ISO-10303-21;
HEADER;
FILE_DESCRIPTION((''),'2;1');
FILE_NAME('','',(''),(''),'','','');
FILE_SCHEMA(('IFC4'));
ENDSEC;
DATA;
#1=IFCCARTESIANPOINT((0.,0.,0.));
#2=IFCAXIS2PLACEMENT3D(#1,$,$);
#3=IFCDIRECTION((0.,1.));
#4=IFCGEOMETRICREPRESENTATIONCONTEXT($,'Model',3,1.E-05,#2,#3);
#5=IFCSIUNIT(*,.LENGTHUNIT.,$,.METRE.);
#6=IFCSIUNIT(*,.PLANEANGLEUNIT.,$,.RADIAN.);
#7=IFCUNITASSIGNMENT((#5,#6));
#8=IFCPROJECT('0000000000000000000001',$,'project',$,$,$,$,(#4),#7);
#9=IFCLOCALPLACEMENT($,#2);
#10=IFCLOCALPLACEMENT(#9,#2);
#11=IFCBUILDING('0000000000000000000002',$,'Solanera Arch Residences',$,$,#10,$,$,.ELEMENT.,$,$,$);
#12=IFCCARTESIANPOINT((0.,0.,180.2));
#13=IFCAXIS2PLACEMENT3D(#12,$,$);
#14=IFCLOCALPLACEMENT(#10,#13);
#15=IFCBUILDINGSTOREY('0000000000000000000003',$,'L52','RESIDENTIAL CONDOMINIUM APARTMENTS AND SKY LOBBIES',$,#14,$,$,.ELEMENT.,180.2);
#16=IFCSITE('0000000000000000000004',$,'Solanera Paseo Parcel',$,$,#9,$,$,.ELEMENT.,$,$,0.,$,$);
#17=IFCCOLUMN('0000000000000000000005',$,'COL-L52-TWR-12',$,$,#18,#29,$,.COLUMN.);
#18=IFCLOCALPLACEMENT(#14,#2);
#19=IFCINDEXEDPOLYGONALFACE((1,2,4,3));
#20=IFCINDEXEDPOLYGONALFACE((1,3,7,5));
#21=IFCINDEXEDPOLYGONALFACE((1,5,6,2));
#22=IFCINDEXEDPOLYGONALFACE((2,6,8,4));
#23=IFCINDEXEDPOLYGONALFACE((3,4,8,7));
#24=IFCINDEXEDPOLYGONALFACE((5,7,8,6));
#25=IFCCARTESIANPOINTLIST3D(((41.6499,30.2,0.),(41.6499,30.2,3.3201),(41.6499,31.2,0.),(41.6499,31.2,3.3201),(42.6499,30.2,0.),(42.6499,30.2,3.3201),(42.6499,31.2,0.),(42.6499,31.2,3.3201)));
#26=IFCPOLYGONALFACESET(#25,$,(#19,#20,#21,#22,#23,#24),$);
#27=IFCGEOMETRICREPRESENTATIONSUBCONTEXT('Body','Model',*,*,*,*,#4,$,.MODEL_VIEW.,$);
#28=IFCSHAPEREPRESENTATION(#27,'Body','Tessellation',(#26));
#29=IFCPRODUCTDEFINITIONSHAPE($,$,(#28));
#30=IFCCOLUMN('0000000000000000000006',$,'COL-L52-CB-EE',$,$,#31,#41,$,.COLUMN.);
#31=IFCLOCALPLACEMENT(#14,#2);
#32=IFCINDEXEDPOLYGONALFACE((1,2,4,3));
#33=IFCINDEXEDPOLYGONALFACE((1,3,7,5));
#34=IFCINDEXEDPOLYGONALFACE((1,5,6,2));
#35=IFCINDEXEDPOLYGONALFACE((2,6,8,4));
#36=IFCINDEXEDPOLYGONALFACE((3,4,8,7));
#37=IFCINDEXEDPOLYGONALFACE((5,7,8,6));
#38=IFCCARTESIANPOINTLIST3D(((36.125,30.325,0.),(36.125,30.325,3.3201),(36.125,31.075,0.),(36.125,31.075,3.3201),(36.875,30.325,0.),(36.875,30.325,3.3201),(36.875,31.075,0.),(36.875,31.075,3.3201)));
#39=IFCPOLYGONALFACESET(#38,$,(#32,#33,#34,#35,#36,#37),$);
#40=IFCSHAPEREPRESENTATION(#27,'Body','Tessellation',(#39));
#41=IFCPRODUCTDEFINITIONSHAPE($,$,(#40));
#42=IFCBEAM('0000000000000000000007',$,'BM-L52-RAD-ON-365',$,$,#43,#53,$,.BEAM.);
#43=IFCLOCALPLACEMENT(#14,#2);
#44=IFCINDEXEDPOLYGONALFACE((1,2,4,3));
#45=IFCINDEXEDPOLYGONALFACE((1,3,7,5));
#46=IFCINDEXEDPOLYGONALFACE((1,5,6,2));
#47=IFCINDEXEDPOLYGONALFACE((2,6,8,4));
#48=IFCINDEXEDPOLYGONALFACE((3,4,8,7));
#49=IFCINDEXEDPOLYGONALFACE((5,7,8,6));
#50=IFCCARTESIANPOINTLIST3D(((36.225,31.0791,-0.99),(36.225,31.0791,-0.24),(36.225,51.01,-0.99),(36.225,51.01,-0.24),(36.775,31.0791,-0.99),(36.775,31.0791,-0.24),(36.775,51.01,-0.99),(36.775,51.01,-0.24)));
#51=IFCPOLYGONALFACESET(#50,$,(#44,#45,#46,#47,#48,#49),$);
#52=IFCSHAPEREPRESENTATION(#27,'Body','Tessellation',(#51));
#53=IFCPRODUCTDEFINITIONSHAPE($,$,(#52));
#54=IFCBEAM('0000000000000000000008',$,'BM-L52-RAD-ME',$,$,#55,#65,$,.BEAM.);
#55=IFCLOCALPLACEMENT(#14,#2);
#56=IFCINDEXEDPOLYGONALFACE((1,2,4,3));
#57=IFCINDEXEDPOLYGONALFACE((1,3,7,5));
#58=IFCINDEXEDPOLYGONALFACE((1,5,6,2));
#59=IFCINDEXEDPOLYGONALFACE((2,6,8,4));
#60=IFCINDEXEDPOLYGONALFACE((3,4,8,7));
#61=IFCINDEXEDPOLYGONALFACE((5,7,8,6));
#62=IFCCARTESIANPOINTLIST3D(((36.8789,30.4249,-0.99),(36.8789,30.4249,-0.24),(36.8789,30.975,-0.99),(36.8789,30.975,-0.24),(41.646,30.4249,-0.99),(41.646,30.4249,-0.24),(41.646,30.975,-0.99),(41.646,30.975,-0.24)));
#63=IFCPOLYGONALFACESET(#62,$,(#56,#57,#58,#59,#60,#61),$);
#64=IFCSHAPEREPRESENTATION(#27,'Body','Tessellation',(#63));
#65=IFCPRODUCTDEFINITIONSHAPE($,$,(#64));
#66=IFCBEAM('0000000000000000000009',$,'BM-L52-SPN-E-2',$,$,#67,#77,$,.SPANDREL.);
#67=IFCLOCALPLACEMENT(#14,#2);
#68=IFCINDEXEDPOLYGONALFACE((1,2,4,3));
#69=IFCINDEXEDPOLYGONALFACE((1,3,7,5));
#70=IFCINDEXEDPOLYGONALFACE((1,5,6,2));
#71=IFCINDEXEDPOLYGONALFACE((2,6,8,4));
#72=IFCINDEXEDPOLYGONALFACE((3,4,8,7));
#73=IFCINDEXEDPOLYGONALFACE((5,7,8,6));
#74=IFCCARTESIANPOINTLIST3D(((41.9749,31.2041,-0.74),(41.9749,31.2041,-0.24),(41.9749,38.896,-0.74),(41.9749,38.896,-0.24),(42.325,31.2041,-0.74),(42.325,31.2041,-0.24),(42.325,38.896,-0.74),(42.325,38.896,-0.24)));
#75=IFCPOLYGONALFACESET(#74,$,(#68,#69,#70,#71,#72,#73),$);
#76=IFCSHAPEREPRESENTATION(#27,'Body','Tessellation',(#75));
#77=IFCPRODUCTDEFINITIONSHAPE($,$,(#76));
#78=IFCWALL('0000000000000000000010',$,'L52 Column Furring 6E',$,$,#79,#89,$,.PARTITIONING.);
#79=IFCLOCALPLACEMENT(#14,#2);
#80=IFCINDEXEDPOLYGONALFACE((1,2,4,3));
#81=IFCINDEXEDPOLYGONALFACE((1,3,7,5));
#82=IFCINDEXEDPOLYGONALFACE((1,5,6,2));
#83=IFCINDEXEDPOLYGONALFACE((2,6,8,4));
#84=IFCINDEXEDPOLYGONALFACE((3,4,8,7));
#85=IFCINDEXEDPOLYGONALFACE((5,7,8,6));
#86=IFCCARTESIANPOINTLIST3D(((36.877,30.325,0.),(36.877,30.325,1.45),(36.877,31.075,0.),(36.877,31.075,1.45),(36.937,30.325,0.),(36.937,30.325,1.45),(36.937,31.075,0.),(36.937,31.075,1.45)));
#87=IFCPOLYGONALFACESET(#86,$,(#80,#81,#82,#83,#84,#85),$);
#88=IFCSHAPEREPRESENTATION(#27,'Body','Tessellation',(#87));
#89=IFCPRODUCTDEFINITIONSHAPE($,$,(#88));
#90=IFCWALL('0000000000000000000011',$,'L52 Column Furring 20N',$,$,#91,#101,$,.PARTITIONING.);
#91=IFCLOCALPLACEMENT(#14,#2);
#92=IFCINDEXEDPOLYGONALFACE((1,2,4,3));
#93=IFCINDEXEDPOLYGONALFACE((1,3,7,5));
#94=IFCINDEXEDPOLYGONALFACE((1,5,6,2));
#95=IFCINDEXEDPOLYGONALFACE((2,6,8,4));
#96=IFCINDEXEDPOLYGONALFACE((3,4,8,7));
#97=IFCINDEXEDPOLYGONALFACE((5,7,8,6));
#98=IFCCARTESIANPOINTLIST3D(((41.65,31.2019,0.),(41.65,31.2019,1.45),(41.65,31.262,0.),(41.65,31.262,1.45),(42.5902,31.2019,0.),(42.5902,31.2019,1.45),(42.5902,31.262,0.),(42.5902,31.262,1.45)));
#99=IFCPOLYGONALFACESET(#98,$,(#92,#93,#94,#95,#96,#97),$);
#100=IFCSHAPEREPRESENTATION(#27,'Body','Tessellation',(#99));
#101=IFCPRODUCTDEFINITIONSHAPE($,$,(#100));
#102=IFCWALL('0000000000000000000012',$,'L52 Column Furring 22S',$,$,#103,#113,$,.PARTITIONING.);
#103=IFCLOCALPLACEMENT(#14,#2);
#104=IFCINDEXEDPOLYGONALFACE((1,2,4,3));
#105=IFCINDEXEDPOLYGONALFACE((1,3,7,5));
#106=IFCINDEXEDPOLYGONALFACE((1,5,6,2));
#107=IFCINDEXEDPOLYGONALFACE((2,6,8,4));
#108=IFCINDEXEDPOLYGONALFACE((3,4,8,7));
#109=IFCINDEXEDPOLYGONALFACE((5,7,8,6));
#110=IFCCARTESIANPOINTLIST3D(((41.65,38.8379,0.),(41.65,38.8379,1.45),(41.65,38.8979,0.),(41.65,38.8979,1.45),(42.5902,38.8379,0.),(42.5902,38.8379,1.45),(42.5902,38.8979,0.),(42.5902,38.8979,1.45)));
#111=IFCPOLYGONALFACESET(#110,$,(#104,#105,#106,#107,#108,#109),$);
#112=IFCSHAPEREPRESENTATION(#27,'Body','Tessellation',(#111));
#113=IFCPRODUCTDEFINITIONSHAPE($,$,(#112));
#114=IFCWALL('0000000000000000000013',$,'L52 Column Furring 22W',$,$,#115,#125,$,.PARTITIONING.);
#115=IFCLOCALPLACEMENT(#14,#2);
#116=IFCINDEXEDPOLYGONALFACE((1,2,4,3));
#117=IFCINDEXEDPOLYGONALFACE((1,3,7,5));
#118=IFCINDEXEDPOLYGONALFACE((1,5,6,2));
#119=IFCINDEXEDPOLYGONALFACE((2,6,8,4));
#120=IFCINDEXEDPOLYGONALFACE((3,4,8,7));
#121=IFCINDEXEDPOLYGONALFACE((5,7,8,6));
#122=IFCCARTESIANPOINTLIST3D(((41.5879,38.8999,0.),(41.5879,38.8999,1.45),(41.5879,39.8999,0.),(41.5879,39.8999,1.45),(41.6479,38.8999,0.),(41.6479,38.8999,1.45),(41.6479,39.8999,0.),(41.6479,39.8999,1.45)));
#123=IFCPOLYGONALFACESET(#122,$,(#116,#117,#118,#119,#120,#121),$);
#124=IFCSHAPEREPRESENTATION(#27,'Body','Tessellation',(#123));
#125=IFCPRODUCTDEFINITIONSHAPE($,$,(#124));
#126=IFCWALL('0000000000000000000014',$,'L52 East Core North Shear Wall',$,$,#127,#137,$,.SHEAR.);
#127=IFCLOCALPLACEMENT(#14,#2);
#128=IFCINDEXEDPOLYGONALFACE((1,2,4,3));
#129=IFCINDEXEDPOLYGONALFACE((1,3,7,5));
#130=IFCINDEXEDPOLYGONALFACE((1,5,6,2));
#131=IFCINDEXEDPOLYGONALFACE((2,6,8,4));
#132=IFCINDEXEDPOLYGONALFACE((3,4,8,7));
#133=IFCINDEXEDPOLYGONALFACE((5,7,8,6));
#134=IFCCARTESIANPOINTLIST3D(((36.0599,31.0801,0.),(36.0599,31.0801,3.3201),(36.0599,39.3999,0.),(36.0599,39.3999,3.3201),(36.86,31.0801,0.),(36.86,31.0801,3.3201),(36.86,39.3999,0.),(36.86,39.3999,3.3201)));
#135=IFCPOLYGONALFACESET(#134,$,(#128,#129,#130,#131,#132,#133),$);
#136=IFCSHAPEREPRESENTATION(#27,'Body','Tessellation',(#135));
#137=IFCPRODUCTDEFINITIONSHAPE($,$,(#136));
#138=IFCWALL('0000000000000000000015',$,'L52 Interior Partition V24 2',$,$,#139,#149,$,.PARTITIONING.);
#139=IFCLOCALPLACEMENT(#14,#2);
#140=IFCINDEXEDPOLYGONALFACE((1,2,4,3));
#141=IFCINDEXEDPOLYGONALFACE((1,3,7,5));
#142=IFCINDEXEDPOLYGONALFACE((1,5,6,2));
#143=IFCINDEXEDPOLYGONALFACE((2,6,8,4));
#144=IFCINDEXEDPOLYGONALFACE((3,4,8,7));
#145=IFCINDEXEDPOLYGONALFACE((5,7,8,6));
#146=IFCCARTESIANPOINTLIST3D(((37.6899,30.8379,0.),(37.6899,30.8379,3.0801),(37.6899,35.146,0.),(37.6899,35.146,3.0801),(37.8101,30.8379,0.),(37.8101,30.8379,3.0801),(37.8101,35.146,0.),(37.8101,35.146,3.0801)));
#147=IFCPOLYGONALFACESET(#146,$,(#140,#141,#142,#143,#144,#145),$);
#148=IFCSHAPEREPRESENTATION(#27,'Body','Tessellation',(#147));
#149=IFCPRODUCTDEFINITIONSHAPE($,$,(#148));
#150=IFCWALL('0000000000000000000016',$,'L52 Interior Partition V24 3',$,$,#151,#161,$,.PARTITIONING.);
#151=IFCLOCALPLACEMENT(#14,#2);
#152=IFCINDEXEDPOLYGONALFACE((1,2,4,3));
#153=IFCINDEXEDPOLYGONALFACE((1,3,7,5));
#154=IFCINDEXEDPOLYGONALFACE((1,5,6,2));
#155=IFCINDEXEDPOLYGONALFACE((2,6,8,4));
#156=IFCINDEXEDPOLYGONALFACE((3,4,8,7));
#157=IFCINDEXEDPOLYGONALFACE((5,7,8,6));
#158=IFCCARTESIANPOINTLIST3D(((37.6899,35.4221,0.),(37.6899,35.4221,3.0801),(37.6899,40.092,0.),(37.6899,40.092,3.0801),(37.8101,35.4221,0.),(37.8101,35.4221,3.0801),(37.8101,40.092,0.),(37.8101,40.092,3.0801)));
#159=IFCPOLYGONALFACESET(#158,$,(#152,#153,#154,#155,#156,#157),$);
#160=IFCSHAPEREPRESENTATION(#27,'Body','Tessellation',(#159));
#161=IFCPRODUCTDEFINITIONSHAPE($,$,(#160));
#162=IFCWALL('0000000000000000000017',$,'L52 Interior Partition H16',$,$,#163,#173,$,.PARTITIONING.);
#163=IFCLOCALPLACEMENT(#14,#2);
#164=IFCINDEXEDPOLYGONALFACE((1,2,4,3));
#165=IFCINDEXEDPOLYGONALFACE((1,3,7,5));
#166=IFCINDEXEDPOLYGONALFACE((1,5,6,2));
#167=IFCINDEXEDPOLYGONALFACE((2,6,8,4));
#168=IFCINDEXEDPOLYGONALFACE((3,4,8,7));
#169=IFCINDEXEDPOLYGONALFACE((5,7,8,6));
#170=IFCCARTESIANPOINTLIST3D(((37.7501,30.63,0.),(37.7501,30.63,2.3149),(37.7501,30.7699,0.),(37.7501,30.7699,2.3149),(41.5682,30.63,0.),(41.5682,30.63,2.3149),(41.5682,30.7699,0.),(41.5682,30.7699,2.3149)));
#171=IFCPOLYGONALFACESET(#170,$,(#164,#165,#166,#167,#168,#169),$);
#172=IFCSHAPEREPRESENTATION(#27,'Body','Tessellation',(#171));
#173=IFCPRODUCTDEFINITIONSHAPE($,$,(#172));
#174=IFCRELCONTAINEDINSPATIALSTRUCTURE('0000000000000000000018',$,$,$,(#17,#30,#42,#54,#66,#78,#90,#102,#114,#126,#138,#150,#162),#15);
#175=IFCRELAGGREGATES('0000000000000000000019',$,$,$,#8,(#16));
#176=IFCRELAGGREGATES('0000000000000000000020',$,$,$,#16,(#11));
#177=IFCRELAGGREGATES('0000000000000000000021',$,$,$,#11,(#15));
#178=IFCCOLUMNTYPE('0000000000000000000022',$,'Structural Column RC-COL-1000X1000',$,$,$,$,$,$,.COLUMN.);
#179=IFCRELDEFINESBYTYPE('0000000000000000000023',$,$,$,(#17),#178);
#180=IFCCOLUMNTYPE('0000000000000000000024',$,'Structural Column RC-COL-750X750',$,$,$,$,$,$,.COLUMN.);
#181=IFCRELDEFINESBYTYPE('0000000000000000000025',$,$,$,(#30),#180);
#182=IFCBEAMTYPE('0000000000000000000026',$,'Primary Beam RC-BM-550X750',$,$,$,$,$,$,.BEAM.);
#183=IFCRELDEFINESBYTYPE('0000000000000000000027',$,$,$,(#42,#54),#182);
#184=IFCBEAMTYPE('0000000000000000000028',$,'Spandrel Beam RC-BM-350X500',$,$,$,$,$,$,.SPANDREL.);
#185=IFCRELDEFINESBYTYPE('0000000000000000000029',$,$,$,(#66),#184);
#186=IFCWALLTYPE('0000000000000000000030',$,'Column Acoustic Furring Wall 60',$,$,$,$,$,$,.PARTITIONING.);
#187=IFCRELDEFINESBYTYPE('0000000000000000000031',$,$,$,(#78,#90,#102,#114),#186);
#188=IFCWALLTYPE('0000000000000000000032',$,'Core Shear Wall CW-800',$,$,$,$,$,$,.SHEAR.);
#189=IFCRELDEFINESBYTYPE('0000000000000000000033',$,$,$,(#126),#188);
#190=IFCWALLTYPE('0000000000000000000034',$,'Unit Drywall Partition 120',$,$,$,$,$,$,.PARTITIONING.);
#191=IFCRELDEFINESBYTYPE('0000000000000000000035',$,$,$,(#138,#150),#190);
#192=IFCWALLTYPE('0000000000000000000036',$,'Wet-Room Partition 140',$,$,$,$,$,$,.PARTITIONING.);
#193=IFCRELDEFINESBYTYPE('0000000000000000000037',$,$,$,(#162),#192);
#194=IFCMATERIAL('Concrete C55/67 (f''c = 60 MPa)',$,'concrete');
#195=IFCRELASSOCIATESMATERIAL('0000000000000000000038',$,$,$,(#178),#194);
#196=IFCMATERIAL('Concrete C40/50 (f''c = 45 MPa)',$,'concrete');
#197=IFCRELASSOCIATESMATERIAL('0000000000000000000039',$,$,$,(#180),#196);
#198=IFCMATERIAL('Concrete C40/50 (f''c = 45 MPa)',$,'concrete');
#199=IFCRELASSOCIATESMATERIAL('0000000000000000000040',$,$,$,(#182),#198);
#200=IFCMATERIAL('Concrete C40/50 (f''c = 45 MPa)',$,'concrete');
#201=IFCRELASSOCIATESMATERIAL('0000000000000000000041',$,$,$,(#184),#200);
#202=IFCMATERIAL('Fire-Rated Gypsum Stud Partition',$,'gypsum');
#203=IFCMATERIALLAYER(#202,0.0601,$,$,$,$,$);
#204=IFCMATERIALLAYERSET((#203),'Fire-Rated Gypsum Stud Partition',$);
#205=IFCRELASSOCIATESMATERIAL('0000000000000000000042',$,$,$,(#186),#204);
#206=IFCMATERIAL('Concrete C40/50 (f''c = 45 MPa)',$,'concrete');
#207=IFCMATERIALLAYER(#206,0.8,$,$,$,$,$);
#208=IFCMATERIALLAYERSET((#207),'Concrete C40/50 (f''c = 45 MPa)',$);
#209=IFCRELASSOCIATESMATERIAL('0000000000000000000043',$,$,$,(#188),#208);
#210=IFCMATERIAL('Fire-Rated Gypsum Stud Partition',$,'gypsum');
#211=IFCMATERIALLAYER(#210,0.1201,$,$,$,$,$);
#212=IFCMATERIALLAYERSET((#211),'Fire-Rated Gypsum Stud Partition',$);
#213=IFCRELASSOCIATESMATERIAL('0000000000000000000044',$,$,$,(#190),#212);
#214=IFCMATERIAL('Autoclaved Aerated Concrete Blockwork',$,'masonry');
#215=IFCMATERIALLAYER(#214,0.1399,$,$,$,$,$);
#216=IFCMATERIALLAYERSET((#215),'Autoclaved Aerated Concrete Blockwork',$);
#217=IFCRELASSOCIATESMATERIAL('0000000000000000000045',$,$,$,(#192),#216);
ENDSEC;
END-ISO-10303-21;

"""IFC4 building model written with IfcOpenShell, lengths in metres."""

from ifc_helpers import new_model, si_unit, direction, frame, frame_2d, origin, origin_2d, place, context, subcontext, project, spatial, rectangle, extrude, material, layer, layer_set, material_profile, profile_set, type_object, element, save


model = new_model("IFC4")

# Units and contexts
model_context = context("Model", 3, precision=1e-05, world=origin(), true_north=direction((0.0, 1.0)))
body_context = subcontext(model_context, "Body", "Model", "MODEL_VIEW")
ifc_project = project(units=[si_unit("LENGTHUNIT", "METRE"), si_unit("PLANEANGLEUNIT", "RADIAN")], contexts=[model_context])

# Site, building, storey
site_placement = place(None, origin())
site = spatial("IfcSite", under=ifc_project, at=site_placement, Name="Solanera Paseo Parcel", CompositionType="ELEMENT", RefElevation=0.0)
building_placement = place(site_placement, origin())
building = spatial("IfcBuilding", under=site, at=building_placement, Name="Solanera Arch Residences", CompositionType="ELEMENT")
storey_placement = place(building_placement, frame((0.0, 0.0, 180.2)))
storey = spatial("IfcBuildingStorey", under=building, at=storey_placement, Name="L52", Description="RESIDENTIAL CONDOMINIUM APARTMENTS AND SKY LOBBIES", CompositionType="ELEMENT", Elevation=180.2)

# Columns
ifc_material_1 = material(Name="Concrete C55/67 (f'c = 60 MPa)", Category="concrete")
ifc_material_profile_1 = material_profile(ifc_material_1, rectangle(XDim=1.0, YDim=1.0, at=origin_2d()))
ifc_profile_set_1 = profile_set([ifc_material_profile_1], Name="Concrete C55/67 (f'c = 60 MPa)")
column_type_1 = type_object("IfcColumnType", Name="Structural Column RC-COL-1000X1000", PredefinedType="COLUMN", material=ifc_profile_set_1)
column_1_placement = place(storey_placement, frame((42.1499, 30.7, 0.0), z_axis=(0.0, 0.0, 1.0), x_axis=(1.0, 0.0, 0.0)))
element("IfcColumn", 1, at=column_1_placement, inside=storey, type_object=column_type_1, Name="COL-L52-TWR-12", PredefinedType="COLUMN", context=body_context, shape_type="SweptSolid", body=[
    extrude(rectangle(XDim=1.0, YDim=1.0, at=origin_2d()), origin(), (0.0, 0.0, 1.0), 3.3201),
])
ifc_material_2 = material(Name="Concrete C40/50 (f'c = 45 MPa)", Category="concrete")
ifc_material_profile_2 = material_profile(ifc_material_2, rectangle(XDim=0.75, YDim=0.75, at=origin_2d()))
ifc_profile_set_2 = profile_set([ifc_material_profile_2], Name="Concrete C40/50 (f'c = 45 MPa)")
column_type_2 = type_object("IfcColumnType", Name="Structural Column RC-COL-750X750", PredefinedType="COLUMN", material=ifc_profile_set_2)
column_2_placement = place(storey_placement, frame((36.5, 30.7, 0.0), z_axis=(0.0, 0.0, 1.0), x_axis=(1.0, 0.0, 0.0)))
element("IfcColumn", 2, at=column_2_placement, inside=storey, type_object=column_type_2, Name="COL-L52-CB-EE", PredefinedType="COLUMN", context=body_context, shape_type="SweptSolid", body=[
    extrude(rectangle(XDim=0.75, YDim=0.75, at=origin_2d()), origin(), (0.0, 0.0, 1.0), 3.3201),
])

# Beams
ifc_material_3 = material(Name="Concrete C40/50 (f'c = 45 MPa)", Category="concrete")
ifc_material_profile_3 = material_profile(ifc_material_3, rectangle(XDim=0.55, YDim=0.75, at=origin_2d()))
ifc_profile_set_3 = profile_set([ifc_material_profile_3], Name="Concrete C40/50 (f'c = 45 MPa)")
beam_type_1 = type_object("IfcBeamType", Name="Primary Beam RC-BM-550X750", PredefinedType="BEAM", material=ifc_profile_set_3)
beam_1_placement = place(storey_placement, frame((36.5, 31.0791, -0.615), z_axis=(0.0, 1.0, 0.0), x_axis=(-1.0, 0.0, 0.0)))
element("IfcBeam", 3, at=beam_1_placement, inside=storey, type_object=beam_type_1, Name="BM-L52-RAD-ON-365", PredefinedType="BEAM", context=body_context, shape_type="SweptSolid", body=[
    extrude(rectangle(XDim=0.55, YDim=0.75, at=origin_2d()), origin(), (0.0, 0.0, 1.0), 19.9309),
])
beam_2_placement = place(storey_placement, frame((36.8789, 30.7, -0.615), z_axis=(1.0, 0.0, 0.0), x_axis=(0.0, 1.0, 0.0)))
element("IfcBeam", 4, at=beam_2_placement, inside=storey, type_object=beam_type_1, Name="BM-L52-RAD-ME", PredefinedType="BEAM", context=body_context, shape_type="SweptSolid", body=[
    extrude(rectangle(XDim=0.55, YDim=0.75, at=origin_2d()), origin(), (0.0, 0.0, 1.0), 4.7671),
])
ifc_material_4 = material(Name="Concrete C40/50 (f'c = 45 MPa)", Category="concrete")
ifc_material_profile_4 = material_profile(ifc_material_4, rectangle(XDim=0.3501, YDim=0.5, at=origin_2d()))
ifc_profile_set_4 = profile_set([ifc_material_profile_4], Name="Concrete C40/50 (f'c = 45 MPa)")
beam_type_2 = type_object("IfcBeamType", Name="Spandrel Beam RC-BM-350X500", PredefinedType="SPANDREL", material=ifc_profile_set_4)
beam_3_placement = place(storey_placement, frame((42.1499, 31.2041, -0.49), z_axis=(0.0, 1.0, 0.0), x_axis=(-1.0, 0.0, 0.0)))
element("IfcBeam", 5, at=beam_3_placement, inside=storey, type_object=beam_type_2, Name="BM-L52-SPN-E-2", PredefinedType="SPANDREL", context=body_context, shape_type="SweptSolid", body=[
    extrude(rectangle(XDim=0.3501, YDim=0.5, at=origin_2d()), origin(), (0.0, 0.0, 1.0), 7.6919),
])

# Walls
ifc_material_5 = material(Name="Fire-Rated Gypsum Stud Partition", Category="gypsum")
ifc_layer_1 = layer(ifc_material_5, 0.0601)
ifc_layer_set_1 = layer_set([ifc_layer_1], Name="Fire-Rated Gypsum Stud Partition")
wall_type_1 = type_object("IfcWallType", Name="Column Acoustic Furring Wall 60", PredefinedType="PARTITIONING", material=ifc_layer_set_1)
wall_1_placement = place(storey_placement, frame((36.907, 30.325, 0.0), z_axis=(0.0, 0.0, 1.0), x_axis=(0.0, 1.0, 0.0)))
element("IfcWall", 6, at=wall_1_placement, inside=storey, type_object=wall_type_1, Name="L52 Column Furring 6E", PredefinedType="PARTITIONING", context=body_context, shape_type="SweptSolid", body=[
    extrude(rectangle(XDim=0.75, YDim=0.0601, at=frame_2d((0.375, 0.0))), origin(), (0.0, 0.0, 1.0), 1.45),
])
for number, where, z_axis, x_axis, name in (
    (7, (41.6499, 31.2319, 0.0), (0.0, 0.0, 1.0), (1.0, 0.0, 0.0), "L52 Column Furring 20N"),
    (8, (41.6499, 38.8679, 0.0), (0.0, 0.0, 1.0), (1.0, 0.0, 0.0), "L52 Column Furring 22S"),
):
    element("IfcWall", number, at=place(storey_placement, frame(where, z_axis=z_axis, x_axis=x_axis)), inside=storey, type_object=wall_type_1, Name=name, PredefinedType="PARTITIONING", context=body_context, shape_type="SweptSolid", body=[
        extrude(rectangle(XDim=0.9402, YDim=0.0601, at=frame_2d((0.4702, 0.0))), origin(), (0.0, 0.0, 1.0), 1.45),
    ])
wall_2_placement = place(storey_placement, frame((41.6179, 38.8999, 0.0), z_axis=(0.0, 0.0, 1.0), x_axis=(0.0, 1.0, 0.0)))
element("IfcWall", 9, at=wall_2_placement, inside=storey, type_object=wall_type_1, Name="L52 Column Furring 22W", PredefinedType="PARTITIONING", context=body_context, shape_type="SweptSolid", body=[
    extrude(rectangle(XDim=1.0, YDim=0.0601, at=frame_2d((0.5, 0.0))), origin(), (0.0, 0.0, 1.0), 1.45),
])
ifc_material_6 = material(Name="Concrete C40/50 (f'c = 45 MPa)", Category="concrete")
ifc_layer_2 = layer(ifc_material_6, 0.8)
ifc_layer_set_2 = layer_set([ifc_layer_2], Name="Concrete C40/50 (f'c = 45 MPa)")
wall_type_2 = type_object("IfcWallType", Name="Core Shear Wall CW-800", PredefinedType="SHEAR", material=ifc_layer_set_2)
wall_3_placement = place(storey_placement, frame((36.46, 31.0801, 0.0), z_axis=(0.0, 0.0, 1.0), x_axis=(0.0, 1.0, 0.0)))
element("IfcWall", 10, at=wall_3_placement, inside=storey, type_object=wall_type_2, Name="L52 East Core North Shear Wall", PredefinedType="SHEAR", context=body_context, shape_type="SweptSolid", body=[
    extrude(rectangle(XDim=8.3198, YDim=0.8, at=frame_2d((4.1599, 0.0))), origin(), (0.0, 0.0, 1.0), 3.3201),
])
ifc_material_7 = material(Name="Fire-Rated Gypsum Stud Partition", Category="gypsum")
ifc_layer_3 = layer(ifc_material_7, 0.1201)
ifc_layer_set_3 = layer_set([ifc_layer_3], Name="Fire-Rated Gypsum Stud Partition")
wall_type_3 = type_object("IfcWallType", Name="Unit Drywall Partition 120", PredefinedType="PARTITIONING", material=ifc_layer_set_3)
wall_4_placement = place(storey_placement, frame((37.75, 30.8379, 0.0), z_axis=(0.0, 0.0, 1.0), x_axis=(0.0, 1.0, 0.0)))
element("IfcWall", 11, at=wall_4_placement, inside=storey, type_object=wall_type_3, Name="L52 Interior Partition V24 2", PredefinedType="PARTITIONING", context=body_context, shape_type="SweptSolid", body=[
    extrude(rectangle(XDim=4.3081, YDim=0.1201, at=frame_2d((2.1541, 0.0))), origin(), (0.0, 0.0, 1.0), 3.0801),
])
wall_5_placement = place(storey_placement, frame((37.75, 35.4221, 0.0), z_axis=(0.0, 0.0, 1.0), x_axis=(0.0, 1.0, 0.0)))
element("IfcWall", 12, at=wall_5_placement, inside=storey, type_object=wall_type_3, Name="L52 Interior Partition V24 3", PredefinedType="PARTITIONING", context=body_context, shape_type="SweptSolid", body=[
    extrude(rectangle(XDim=4.6699, YDim=0.1201, at=frame_2d((2.335, 0.0))), origin(), (0.0, 0.0, 1.0), 3.0801),
])
ifc_material_8 = material(Name="Autoclaved Aerated Concrete Blockwork", Category="masonry")
ifc_layer_4 = layer(ifc_material_8, 0.1399)
ifc_layer_set_4 = layer_set([ifc_layer_4], Name="Autoclaved Aerated Concrete Blockwork")
wall_type_4 = type_object("IfcWallType", Name="Wet-Room Partition 140", PredefinedType="PARTITIONING", material=ifc_layer_set_4)
wall_6_placement = place(storey_placement, frame((37.75, 30.7, 0.0), z_axis=(0.0, 0.0, 1.0), x_axis=(1.0, 0.0, 0.0)))
element("IfcWall", 13, at=wall_6_placement, inside=storey, type_object=wall_type_4, Name="L52 Interior Partition H16", PredefinedType="PARTITIONING", context=body_context, shape_type="SweptSolid", body=[
    extrude(rectangle(XDim=3.8181, YDim=0.1399, at=frame_2d((1.9092, 0.0))), origin(), (0.0, 0.0, 1.0), 2.3149),
])

save(model, "model.ifc")
